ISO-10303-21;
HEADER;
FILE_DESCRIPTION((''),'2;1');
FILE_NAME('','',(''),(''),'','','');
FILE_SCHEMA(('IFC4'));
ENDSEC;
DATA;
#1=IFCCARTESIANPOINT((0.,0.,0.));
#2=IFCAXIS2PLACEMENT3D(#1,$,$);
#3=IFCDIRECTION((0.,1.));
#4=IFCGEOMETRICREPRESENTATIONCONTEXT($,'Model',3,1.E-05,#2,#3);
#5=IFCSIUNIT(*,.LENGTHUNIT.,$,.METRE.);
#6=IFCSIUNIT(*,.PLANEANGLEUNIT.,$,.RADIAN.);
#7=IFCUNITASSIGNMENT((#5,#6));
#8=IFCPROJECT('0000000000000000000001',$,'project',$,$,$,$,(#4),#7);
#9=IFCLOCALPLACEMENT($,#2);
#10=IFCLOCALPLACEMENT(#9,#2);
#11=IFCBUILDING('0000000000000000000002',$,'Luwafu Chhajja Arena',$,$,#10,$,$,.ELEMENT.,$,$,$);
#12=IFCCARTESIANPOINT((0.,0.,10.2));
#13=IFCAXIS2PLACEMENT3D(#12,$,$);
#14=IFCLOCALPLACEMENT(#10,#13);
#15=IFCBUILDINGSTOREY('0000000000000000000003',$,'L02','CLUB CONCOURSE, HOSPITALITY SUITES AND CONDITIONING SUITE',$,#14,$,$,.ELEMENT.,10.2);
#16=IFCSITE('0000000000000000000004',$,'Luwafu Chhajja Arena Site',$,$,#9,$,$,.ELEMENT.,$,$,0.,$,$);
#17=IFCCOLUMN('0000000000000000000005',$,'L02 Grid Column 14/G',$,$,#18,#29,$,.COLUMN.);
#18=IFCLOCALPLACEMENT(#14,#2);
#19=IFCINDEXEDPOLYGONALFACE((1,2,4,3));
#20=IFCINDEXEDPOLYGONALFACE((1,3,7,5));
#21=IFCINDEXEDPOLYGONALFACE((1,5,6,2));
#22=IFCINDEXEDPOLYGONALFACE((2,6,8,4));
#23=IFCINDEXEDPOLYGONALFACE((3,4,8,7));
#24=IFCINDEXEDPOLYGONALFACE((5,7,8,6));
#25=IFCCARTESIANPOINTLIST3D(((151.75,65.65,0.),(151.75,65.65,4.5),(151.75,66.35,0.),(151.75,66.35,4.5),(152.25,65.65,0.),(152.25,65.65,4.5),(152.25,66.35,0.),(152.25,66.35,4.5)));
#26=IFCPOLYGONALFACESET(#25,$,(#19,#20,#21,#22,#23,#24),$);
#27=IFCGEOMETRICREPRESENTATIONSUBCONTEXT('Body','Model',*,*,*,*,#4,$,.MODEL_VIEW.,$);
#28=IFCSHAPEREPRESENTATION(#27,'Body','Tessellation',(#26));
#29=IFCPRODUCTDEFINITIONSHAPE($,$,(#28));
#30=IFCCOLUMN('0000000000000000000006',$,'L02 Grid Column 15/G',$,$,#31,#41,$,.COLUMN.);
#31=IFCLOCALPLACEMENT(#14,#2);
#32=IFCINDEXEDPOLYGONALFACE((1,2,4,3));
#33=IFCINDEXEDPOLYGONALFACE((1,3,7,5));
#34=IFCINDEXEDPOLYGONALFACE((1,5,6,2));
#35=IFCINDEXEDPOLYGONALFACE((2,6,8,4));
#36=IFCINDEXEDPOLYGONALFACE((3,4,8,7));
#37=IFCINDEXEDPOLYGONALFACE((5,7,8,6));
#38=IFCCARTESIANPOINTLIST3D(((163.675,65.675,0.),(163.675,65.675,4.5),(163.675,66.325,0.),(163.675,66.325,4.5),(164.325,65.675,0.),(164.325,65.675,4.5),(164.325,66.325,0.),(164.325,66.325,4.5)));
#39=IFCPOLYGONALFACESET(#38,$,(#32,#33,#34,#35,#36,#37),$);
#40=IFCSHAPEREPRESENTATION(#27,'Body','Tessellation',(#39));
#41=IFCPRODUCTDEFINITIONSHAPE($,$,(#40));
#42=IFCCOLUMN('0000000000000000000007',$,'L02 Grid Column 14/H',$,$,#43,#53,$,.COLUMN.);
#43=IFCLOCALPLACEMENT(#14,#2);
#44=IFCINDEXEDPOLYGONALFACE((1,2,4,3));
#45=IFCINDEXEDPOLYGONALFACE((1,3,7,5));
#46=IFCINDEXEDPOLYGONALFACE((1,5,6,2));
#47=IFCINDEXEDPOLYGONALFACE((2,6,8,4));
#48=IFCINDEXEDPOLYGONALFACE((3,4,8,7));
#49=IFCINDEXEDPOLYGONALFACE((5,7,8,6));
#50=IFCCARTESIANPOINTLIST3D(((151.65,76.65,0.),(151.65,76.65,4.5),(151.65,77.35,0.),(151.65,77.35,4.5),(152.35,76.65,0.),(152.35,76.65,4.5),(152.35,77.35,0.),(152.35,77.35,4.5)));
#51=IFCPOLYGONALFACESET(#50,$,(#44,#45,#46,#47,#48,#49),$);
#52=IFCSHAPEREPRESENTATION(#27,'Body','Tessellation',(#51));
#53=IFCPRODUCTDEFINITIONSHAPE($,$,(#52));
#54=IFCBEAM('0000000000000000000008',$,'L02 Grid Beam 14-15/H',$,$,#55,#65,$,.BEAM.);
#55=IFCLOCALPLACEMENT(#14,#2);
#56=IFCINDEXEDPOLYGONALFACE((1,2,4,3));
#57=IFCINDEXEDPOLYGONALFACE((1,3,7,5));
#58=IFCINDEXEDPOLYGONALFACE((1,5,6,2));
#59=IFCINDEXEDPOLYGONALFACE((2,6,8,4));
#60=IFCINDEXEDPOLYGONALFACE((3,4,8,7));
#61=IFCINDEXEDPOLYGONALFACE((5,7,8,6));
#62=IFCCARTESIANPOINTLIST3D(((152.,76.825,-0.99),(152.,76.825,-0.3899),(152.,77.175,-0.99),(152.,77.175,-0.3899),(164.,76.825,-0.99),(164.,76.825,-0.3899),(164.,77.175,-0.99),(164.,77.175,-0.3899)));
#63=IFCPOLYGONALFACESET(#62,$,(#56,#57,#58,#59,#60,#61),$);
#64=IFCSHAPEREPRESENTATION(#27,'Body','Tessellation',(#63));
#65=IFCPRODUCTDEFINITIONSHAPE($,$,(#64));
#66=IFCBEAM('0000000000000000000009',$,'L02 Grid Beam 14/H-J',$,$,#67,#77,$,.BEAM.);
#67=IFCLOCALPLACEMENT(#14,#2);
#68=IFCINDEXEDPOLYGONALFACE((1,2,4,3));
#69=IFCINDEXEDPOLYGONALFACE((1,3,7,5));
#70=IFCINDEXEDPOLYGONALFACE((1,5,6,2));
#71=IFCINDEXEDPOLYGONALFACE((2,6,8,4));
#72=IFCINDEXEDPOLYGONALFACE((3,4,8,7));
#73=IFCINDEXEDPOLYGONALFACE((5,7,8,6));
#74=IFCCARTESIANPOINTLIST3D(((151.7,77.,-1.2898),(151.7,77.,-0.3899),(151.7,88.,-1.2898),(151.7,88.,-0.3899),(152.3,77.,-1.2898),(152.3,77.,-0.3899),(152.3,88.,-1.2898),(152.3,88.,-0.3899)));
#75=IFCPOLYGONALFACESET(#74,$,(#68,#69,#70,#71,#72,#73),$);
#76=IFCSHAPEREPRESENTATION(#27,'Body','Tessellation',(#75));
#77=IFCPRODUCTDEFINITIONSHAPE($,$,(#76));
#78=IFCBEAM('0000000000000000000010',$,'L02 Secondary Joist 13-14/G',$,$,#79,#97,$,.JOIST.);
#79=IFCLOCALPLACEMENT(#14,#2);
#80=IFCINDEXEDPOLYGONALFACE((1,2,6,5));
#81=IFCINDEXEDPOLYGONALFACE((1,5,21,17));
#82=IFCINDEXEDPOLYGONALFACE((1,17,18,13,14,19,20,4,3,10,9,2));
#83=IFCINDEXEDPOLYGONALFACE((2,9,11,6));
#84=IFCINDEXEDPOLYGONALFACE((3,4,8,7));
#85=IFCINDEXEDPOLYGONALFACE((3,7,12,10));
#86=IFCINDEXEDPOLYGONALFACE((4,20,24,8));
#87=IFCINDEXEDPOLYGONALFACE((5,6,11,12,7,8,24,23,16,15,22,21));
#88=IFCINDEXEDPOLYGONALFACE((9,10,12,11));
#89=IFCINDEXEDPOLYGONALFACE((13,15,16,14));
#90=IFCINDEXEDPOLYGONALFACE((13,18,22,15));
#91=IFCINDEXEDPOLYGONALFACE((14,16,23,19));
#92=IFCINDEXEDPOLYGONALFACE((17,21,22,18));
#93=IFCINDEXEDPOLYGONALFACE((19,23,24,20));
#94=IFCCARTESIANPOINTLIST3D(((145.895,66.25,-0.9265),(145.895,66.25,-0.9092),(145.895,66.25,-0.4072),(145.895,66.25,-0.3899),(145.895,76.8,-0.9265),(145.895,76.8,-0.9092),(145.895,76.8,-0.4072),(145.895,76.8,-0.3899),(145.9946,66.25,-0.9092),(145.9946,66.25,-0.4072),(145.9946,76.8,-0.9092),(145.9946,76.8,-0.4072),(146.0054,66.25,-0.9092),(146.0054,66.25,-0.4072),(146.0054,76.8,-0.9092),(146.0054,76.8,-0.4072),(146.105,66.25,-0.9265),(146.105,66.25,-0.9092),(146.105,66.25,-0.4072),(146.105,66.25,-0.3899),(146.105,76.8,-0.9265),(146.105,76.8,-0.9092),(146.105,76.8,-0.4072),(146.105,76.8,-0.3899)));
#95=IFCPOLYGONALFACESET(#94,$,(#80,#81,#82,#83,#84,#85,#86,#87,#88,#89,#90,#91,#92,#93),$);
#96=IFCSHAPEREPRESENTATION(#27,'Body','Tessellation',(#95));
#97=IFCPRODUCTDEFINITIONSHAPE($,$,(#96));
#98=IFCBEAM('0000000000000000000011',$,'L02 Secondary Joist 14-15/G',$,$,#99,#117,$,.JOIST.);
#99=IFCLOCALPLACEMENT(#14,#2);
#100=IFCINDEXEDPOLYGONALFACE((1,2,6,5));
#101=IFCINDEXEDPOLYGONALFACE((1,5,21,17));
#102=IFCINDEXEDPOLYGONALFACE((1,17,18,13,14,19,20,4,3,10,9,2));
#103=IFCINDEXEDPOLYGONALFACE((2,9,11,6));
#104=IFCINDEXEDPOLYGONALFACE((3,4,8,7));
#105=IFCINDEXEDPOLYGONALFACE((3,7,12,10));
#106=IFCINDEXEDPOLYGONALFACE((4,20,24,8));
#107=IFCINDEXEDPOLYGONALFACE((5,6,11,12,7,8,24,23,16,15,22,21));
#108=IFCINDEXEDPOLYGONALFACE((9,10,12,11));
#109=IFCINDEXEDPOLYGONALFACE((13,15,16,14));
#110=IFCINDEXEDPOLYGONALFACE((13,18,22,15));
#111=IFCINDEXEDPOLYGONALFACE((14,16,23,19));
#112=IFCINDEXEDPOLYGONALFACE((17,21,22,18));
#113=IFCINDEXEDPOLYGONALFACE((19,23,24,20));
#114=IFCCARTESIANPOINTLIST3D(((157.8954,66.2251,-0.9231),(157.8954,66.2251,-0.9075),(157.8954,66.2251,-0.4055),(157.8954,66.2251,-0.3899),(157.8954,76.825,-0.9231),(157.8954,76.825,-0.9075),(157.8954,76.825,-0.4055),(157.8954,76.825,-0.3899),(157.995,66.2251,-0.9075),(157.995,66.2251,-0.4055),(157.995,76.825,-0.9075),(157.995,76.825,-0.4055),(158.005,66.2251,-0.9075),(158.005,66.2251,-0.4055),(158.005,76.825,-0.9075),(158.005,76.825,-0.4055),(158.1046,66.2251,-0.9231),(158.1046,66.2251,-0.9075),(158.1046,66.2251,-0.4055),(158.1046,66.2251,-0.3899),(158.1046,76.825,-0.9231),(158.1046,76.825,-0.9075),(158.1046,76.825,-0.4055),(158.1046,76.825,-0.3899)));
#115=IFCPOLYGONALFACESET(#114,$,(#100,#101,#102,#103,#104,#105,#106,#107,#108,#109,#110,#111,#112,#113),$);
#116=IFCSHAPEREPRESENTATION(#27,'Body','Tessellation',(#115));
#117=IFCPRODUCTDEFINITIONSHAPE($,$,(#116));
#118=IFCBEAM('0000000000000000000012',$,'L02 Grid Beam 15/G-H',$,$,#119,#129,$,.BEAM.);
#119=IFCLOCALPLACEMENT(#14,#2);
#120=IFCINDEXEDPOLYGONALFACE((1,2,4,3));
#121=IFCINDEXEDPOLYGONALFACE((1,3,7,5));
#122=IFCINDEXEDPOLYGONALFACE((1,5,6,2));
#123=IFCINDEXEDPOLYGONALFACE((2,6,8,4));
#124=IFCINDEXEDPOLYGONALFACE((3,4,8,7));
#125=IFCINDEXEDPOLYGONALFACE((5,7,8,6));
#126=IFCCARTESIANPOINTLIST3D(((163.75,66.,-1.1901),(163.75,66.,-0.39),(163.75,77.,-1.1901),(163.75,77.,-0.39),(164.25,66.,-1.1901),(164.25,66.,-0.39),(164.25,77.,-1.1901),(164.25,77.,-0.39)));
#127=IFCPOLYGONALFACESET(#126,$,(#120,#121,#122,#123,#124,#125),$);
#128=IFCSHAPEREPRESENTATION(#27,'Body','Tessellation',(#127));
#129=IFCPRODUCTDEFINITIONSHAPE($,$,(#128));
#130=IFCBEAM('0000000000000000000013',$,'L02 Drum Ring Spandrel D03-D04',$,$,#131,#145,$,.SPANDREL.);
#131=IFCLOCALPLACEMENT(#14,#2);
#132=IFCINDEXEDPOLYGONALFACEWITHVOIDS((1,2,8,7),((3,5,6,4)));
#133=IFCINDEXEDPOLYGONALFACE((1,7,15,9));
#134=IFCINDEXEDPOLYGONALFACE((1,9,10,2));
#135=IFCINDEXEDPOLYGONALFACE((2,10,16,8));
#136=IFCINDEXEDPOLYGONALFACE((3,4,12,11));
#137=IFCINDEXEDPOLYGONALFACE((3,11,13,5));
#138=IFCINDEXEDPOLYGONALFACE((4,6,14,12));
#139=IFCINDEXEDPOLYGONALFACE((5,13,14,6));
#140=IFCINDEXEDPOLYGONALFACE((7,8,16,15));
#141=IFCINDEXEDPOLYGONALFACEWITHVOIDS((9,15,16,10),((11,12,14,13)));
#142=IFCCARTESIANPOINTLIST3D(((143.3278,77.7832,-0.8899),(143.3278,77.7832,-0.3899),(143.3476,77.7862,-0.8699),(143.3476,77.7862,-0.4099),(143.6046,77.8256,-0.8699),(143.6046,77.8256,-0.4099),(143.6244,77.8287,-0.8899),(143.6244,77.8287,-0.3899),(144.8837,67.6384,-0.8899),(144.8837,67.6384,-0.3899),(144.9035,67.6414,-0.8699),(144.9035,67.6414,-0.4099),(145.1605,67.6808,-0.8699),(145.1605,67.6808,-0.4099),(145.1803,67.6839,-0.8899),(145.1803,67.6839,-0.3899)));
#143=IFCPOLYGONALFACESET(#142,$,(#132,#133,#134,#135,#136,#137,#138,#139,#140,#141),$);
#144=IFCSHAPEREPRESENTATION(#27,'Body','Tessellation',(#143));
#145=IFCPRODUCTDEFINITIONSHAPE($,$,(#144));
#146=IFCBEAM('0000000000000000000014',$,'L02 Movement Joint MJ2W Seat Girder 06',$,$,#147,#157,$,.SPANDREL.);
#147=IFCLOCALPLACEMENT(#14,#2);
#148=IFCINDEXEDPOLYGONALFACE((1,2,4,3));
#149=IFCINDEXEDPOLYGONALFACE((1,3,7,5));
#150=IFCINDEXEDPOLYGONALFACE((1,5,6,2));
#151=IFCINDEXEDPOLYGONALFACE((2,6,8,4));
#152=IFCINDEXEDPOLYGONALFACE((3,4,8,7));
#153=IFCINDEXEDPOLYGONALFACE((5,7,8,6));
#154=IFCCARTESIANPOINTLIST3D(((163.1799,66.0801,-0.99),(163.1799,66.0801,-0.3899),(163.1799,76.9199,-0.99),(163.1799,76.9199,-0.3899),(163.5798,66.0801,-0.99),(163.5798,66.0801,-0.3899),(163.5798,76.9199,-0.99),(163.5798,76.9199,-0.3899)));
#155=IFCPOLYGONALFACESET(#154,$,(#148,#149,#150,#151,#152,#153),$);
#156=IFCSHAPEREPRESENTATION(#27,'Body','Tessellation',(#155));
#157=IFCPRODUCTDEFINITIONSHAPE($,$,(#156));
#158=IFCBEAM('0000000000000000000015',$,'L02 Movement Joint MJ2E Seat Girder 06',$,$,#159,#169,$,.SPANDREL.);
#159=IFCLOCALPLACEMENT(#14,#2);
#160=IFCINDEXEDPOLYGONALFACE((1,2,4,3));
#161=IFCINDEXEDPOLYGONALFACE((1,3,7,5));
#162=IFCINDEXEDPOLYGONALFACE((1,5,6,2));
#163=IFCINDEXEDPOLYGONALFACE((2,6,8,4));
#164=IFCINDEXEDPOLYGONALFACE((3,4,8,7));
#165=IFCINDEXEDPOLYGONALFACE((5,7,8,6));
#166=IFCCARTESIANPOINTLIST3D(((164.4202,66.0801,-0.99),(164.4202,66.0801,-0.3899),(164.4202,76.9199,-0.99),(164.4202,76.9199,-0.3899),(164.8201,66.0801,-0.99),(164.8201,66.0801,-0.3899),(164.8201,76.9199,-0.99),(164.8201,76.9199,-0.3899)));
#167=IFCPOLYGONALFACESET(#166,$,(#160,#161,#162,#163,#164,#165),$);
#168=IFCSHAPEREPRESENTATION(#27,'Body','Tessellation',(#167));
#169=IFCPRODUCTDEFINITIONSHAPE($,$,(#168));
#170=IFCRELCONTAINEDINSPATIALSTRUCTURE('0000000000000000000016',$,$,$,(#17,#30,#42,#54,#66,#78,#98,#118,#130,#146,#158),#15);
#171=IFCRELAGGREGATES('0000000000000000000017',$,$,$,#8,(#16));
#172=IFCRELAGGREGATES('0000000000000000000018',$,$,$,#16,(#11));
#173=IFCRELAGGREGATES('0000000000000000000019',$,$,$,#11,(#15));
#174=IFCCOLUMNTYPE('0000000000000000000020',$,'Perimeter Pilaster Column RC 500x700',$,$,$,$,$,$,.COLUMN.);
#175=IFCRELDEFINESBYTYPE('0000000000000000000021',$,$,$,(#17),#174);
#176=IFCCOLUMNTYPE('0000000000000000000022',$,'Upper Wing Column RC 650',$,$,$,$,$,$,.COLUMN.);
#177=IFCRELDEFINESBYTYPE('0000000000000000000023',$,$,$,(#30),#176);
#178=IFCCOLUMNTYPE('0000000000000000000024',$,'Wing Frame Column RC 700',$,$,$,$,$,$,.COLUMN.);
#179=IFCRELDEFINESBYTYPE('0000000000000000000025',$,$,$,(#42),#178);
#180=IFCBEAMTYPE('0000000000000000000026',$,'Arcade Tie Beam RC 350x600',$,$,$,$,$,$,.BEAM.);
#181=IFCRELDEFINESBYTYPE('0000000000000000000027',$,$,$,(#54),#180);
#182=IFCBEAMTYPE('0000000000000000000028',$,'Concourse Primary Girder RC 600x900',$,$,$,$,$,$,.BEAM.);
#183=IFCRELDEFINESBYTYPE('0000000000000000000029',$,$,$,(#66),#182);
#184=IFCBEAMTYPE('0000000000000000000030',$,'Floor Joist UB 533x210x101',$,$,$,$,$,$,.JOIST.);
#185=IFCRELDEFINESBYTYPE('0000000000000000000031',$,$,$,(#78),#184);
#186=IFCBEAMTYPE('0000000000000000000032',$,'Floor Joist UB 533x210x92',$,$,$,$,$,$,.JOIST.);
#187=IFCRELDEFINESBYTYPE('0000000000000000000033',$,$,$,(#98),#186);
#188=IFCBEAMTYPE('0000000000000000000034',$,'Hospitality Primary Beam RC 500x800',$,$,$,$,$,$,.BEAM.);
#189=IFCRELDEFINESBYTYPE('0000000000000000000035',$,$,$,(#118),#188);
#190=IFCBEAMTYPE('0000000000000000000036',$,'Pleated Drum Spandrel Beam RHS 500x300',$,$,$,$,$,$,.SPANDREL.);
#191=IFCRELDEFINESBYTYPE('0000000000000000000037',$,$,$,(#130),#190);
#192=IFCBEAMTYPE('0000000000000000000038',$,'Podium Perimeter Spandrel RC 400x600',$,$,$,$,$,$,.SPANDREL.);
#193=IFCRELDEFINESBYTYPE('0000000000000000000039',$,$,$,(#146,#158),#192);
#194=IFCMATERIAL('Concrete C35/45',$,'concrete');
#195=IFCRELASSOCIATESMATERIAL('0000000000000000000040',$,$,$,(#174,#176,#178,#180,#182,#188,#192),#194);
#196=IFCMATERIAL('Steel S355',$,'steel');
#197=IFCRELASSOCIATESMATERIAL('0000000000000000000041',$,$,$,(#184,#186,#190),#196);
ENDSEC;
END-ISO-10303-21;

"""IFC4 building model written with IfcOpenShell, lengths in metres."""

from ifc_helpers import new_model, si_unit, direction, frame, origin, origin_2d, place, context, subcontext, project, spatial, rectangle, hollow_rectangle, i_section, extrude, material, material_profile, profile_set, type_object, element, save


model = new_model("IFC4")

# Units and contexts
model_context = context("Model", 3, precision=1e-05, world=origin(), true_north=direction((0.0, 1.0)))
body_context = subcontext(model_context, "Body", "Model", "MODEL_VIEW")
ifc_project = project(units=[si_unit("LENGTHUNIT", "METRE"), si_unit("PLANEANGLEUNIT", "RADIAN")], contexts=[model_context])

# Site, building, storey
site_placement = place(None, origin())
site = spatial("IfcSite", under=ifc_project, at=site_placement, Name="Luwafu Chhajja Arena Site", CompositionType="ELEMENT", RefElevation=0.0)
building_placement = place(site_placement, origin())
building = spatial("IfcBuilding", under=site, at=building_placement, Name="Luwafu Chhajja Arena", CompositionType="ELEMENT")
storey_placement = place(building_placement, frame((0.0, 0.0, 10.2)))
storey = spatial("IfcBuildingStorey", under=building, at=storey_placement, Name="L02", Description="CLUB CONCOURSE, HOSPITALITY SUITES AND CONDITIONING SUITE", CompositionType="ELEMENT", Elevation=10.2)

# Columns
ifc_material_1 = material(Name="Concrete C35/45", Category="concrete")
ifc_material_profile_1 = material_profile(ifc_material_1, rectangle(XDim=0.5, YDim=0.7, at=origin_2d()), Name="RC 500x700")
ifc_profile_set_1 = profile_set([ifc_material_profile_1], Name="Concrete C35/45")
column_type_1 = type_object("IfcColumnType", Name="Perimeter Pilaster Column RC 500x700", PredefinedType="COLUMN", material=ifc_profile_set_1)
column_1_placement = place(storey_placement, frame((152.0, 66.0, 0.0), z_axis=(0.0, 0.0, 1.0), x_axis=(1.0, 0.0, 0.0)))
element("IfcColumn", 1, at=column_1_placement, inside=storey, type_object=column_type_1, Name="L02 Grid Column 14/G", PredefinedType="COLUMN", context=body_context, shape_type="SweptSolid", body=[
    extrude(rectangle(XDim=0.5, YDim=0.7, at=origin_2d()), origin(), (0.0, 0.0, 1.0), 4.5),
])
ifc_material_profile_2 = material_profile(ifc_material_1, rectangle(XDim=0.6499, YDim=0.6499, at=origin_2d()), Name="RC 650x650")
ifc_profile_set_2 = profile_set([ifc_material_profile_2], Name="Concrete C35/45")
column_type_2 = type_object("IfcColumnType", Name="Upper Wing Column RC 650", PredefinedType="COLUMN", material=ifc_profile_set_2)
column_2_placement = place(storey_placement, frame((164.0, 66.0, 0.0), z_axis=(0.0, 0.0, 1.0), x_axis=(1.0, 0.0, 0.0)))
element("IfcColumn", 2, at=column_2_placement, inside=storey, type_object=column_type_2, Name="L02 Grid Column 15/G", PredefinedType="COLUMN", context=body_context, shape_type="SweptSolid", body=[
    extrude(rectangle(XDim=0.6499, YDim=0.6499, at=origin_2d()), origin(), (0.0, 0.0, 1.0), 4.5),
])
ifc_material_profile_3 = material_profile(ifc_material_1, rectangle(XDim=0.7, YDim=0.7, at=origin_2d()), Name="RC 700x700")
ifc_profile_set_3 = profile_set([ifc_material_profile_3], Name="Concrete C35/45")
column_type_3 = type_object("IfcColumnType", Name="Wing Frame Column RC 700", PredefinedType="COLUMN", material=ifc_profile_set_3)
column_3_placement = place(storey_placement, frame((152.0, 77.0, 0.0), z_axis=(0.0, 0.0, 1.0), x_axis=(1.0, 0.0, 0.0)))
element("IfcColumn", 3, at=column_3_placement, inside=storey, type_object=column_type_3, Name="L02 Grid Column 14/H", PredefinedType="COLUMN", context=body_context, shape_type="SweptSolid", body=[
    extrude(rectangle(XDim=0.7, YDim=0.7, at=origin_2d()), origin(), (0.0, 0.0, 1.0), 4.5),
])

# Beams
ifc_material_profile_4 = material_profile(ifc_material_1, rectangle(XDim=0.3501, YDim=0.6001, at=origin_2d()), Name="RC 350x600")
ifc_profile_set_4 = profile_set([ifc_material_profile_4], Name="Concrete C35/45")
beam_type_1 = type_object("IfcBeamType", Name="Arcade Tie Beam RC 350x600", PredefinedType="BEAM", material=ifc_profile_set_4)
beam_1_placement = place(storey_placement, frame((152.0, 77.0, -0.6899), z_axis=(1.0, 0.0, 0.0), x_axis=(0.0, 1.0, 0.0)))
element("IfcBeam", 4, at=beam_1_placement, inside=storey, type_object=beam_type_1, Name="L02 Grid Beam 14-15/H", PredefinedType="BEAM", context=body_context, shape_type="SweptSolid", body=[
    extrude(rectangle(XDim=0.3501, YDim=0.6001, at=origin_2d()), origin(), (0.0, 0.0, 1.0), 12.0),
])
ifc_material_profile_5 = material_profile(ifc_material_1, rectangle(XDim=0.6001, YDim=0.8999, at=origin_2d()), Name="RC 600x900")
ifc_profile_set_5 = profile_set([ifc_material_profile_5], Name="Concrete C35/45")
beam_type_2 = type_object("IfcBeamType", Name="Concourse Primary Girder RC 600x900", PredefinedType="BEAM", material=ifc_profile_set_5)
beam_2_placement = place(storey_placement, frame((152.0, 77.0, -0.8398), z_axis=(0.0, 1.0, 0.0), x_axis=(-1.0, 0.0, 0.0)))
element("IfcBeam", 5, at=beam_2_placement, inside=storey, type_object=beam_type_2, Name="L02 Grid Beam 14/H-J", PredefinedType="BEAM", context=body_context, shape_type="SweptSolid", body=[
    extrude(rectangle(XDim=0.6001, YDim=0.8999, at=origin_2d()), origin(), (0.0, 0.0, 1.0), 11.0),
])
ifc_material_2 = material(Name="Steel S355", Category="steel")
ifc_material_profile_6 = material_profile(ifc_material_2, i_section(OverallWidth=0.21, OverallDepth=0.5366, WebThickness=0.0107, FlangeThickness=0.0173, at=origin_2d()), Name="UB 533x210x101")
ifc_profile_set_6 = profile_set([ifc_material_profile_6], Name="Steel S355")
beam_type_3 = type_object("IfcBeamType", Name="Floor Joist UB 533x210x101", PredefinedType="JOIST", material=ifc_profile_set_6)
beam_3_placement = place(storey_placement, frame((146.0, 66.25, -0.6582), z_axis=(0.0, 1.0, 0.0), x_axis=(-1.0, 0.0, 0.0)))
element("IfcBeam", 6, at=beam_3_placement, inside=storey, type_object=beam_type_3, Name="L02 Secondary Joist 13-14/G", PredefinedType="JOIST", context=body_context, shape_type="SweptSolid", body=[
    extrude(i_section(OverallWidth=0.21, OverallDepth=0.5366, WebThickness=0.0107, FlangeThickness=0.0173, at=origin_2d()), origin(), (0.0, 0.0, 1.0), 10.55),
])
ifc_material_profile_7 = material_profile(ifc_material_2, i_section(OverallWidth=0.2092, OverallDepth=0.5332, WebThickness=0.01, FlangeThickness=0.0156, at=origin_2d()), Name="UB 533x210x92")
ifc_profile_set_7 = profile_set([ifc_material_profile_7], Name="Steel S355")
beam_type_4 = type_object("IfcBeamType", Name="Floor Joist UB 533x210x92", PredefinedType="JOIST", material=ifc_profile_set_7)
beam_4_placement = place(storey_placement, frame((158.0, 66.2251, -0.6565), z_axis=(0.0, 1.0, 0.0), x_axis=(-1.0, 0.0, 0.0)))
element("IfcBeam", 7, at=beam_4_placement, inside=storey, type_object=beam_type_4, Name="L02 Secondary Joist 14-15/G", PredefinedType="JOIST", context=body_context, shape_type="SweptSolid", body=[
    extrude(i_section(OverallWidth=0.2092, OverallDepth=0.5332, WebThickness=0.01, FlangeThickness=0.0156, at=origin_2d()), origin(), (0.0, 0.0, 1.0), 10.5999),
])
ifc_material_profile_8 = material_profile(ifc_material_1, rectangle(XDim=0.5, YDim=0.8, at=origin_2d()), Name="RC 500x800")
ifc_profile_set_8 = profile_set([ifc_material_profile_8], Name="Concrete C35/45")
beam_type_5 = type_object("IfcBeamType", Name="Hospitality Primary Beam RC 500x800", PredefinedType="BEAM", material=ifc_profile_set_8)
beam_5_placement = place(storey_placement, frame((164.0, 66.0, -0.79), z_axis=(0.0, 1.0, 0.0), x_axis=(-1.0, 0.0, 0.0)))
element("IfcBeam", 8, at=beam_5_placement, inside=storey, type_object=beam_type_5, Name="L02 Grid Beam 15/G-H", PredefinedType="BEAM", context=body_context, shape_type="SweptSolid", body=[
    extrude(rectangle(XDim=0.5, YDim=0.8, at=origin_2d()), origin(), (0.0, 0.0, 1.0), 11.0),
])
ifc_material_profile_9 = material_profile(ifc_material_2, hollow_rectangle(XDim=0.3, YDim=0.5, WallThickness=0.02, at=origin_2d()), Name="RHS 500x300x20")
ifc_profile_set_9 = profile_set([ifc_material_profile_9], Name="Steel S355")
beam_type_6 = type_object("IfcBeamType", Name="Pleated Drum Spandrel Beam RHS 500x300", PredefinedType="SPANDREL", material=ifc_profile_set_9)
beam_6_placement = place(storey_placement, frame((145.032, 67.6611, -0.6399), z_axis=(-0.151598, 0.988442, 0.0), x_axis=(-0.988442, -0.151598, 0.0)))
element("IfcBeam", 9, at=beam_6_placement, inside=storey, type_object=beam_type_6, Name="L02 Drum Ring Spandrel D03-D04", PredefinedType="SPANDREL", context=body_context, shape_type="SweptSolid", body=[
    extrude(hollow_rectangle(XDim=0.3, YDim=0.5, WallThickness=0.02, at=origin_2d()), origin(), (0.0, 0.0, 1.0), 10.2634),
])
ifc_material_profile_10 = material_profile(ifc_material_1, rectangle(XDim=0.3999, YDim=0.6001, at=origin_2d()), Name="RC 400x600")
ifc_profile_set_10 = profile_set([ifc_material_profile_10], Name="Concrete C35/45")
beam_type_7 = type_object("IfcBeamType", Name="Podium Perimeter Spandrel RC 400x600", PredefinedType="SPANDREL", material=ifc_profile_set_10)
for number, where, z_axis, x_axis, name in (
    (10, (163.3799, 66.0801, -0.6899), (0.0, 1.0, 0.0), (-1.0, 0.0, 0.0), "L02 Movement Joint MJ2W Seat Girder 06"),
    (11, (164.6201, 66.0801, -0.6899), (0.0, 1.0, 0.0), (-1.0, 0.0, 0.0), "L02 Movement Joint MJ2E Seat Girder 06"),
):
    element("IfcBeam", number, at=place(storey_placement, frame(where, z_axis=z_axis, x_axis=x_axis)), inside=storey, type_object=beam_type_7, Name=name, PredefinedType="SPANDREL", context=body_context, shape_type="SweptSolid", body=[
        extrude(rectangle(XDim=0.3999, YDim=0.6001, at=origin_2d()), origin(), (0.0, 0.0, 1.0), 10.8398),
    ])

save(model, "model.ifc")
